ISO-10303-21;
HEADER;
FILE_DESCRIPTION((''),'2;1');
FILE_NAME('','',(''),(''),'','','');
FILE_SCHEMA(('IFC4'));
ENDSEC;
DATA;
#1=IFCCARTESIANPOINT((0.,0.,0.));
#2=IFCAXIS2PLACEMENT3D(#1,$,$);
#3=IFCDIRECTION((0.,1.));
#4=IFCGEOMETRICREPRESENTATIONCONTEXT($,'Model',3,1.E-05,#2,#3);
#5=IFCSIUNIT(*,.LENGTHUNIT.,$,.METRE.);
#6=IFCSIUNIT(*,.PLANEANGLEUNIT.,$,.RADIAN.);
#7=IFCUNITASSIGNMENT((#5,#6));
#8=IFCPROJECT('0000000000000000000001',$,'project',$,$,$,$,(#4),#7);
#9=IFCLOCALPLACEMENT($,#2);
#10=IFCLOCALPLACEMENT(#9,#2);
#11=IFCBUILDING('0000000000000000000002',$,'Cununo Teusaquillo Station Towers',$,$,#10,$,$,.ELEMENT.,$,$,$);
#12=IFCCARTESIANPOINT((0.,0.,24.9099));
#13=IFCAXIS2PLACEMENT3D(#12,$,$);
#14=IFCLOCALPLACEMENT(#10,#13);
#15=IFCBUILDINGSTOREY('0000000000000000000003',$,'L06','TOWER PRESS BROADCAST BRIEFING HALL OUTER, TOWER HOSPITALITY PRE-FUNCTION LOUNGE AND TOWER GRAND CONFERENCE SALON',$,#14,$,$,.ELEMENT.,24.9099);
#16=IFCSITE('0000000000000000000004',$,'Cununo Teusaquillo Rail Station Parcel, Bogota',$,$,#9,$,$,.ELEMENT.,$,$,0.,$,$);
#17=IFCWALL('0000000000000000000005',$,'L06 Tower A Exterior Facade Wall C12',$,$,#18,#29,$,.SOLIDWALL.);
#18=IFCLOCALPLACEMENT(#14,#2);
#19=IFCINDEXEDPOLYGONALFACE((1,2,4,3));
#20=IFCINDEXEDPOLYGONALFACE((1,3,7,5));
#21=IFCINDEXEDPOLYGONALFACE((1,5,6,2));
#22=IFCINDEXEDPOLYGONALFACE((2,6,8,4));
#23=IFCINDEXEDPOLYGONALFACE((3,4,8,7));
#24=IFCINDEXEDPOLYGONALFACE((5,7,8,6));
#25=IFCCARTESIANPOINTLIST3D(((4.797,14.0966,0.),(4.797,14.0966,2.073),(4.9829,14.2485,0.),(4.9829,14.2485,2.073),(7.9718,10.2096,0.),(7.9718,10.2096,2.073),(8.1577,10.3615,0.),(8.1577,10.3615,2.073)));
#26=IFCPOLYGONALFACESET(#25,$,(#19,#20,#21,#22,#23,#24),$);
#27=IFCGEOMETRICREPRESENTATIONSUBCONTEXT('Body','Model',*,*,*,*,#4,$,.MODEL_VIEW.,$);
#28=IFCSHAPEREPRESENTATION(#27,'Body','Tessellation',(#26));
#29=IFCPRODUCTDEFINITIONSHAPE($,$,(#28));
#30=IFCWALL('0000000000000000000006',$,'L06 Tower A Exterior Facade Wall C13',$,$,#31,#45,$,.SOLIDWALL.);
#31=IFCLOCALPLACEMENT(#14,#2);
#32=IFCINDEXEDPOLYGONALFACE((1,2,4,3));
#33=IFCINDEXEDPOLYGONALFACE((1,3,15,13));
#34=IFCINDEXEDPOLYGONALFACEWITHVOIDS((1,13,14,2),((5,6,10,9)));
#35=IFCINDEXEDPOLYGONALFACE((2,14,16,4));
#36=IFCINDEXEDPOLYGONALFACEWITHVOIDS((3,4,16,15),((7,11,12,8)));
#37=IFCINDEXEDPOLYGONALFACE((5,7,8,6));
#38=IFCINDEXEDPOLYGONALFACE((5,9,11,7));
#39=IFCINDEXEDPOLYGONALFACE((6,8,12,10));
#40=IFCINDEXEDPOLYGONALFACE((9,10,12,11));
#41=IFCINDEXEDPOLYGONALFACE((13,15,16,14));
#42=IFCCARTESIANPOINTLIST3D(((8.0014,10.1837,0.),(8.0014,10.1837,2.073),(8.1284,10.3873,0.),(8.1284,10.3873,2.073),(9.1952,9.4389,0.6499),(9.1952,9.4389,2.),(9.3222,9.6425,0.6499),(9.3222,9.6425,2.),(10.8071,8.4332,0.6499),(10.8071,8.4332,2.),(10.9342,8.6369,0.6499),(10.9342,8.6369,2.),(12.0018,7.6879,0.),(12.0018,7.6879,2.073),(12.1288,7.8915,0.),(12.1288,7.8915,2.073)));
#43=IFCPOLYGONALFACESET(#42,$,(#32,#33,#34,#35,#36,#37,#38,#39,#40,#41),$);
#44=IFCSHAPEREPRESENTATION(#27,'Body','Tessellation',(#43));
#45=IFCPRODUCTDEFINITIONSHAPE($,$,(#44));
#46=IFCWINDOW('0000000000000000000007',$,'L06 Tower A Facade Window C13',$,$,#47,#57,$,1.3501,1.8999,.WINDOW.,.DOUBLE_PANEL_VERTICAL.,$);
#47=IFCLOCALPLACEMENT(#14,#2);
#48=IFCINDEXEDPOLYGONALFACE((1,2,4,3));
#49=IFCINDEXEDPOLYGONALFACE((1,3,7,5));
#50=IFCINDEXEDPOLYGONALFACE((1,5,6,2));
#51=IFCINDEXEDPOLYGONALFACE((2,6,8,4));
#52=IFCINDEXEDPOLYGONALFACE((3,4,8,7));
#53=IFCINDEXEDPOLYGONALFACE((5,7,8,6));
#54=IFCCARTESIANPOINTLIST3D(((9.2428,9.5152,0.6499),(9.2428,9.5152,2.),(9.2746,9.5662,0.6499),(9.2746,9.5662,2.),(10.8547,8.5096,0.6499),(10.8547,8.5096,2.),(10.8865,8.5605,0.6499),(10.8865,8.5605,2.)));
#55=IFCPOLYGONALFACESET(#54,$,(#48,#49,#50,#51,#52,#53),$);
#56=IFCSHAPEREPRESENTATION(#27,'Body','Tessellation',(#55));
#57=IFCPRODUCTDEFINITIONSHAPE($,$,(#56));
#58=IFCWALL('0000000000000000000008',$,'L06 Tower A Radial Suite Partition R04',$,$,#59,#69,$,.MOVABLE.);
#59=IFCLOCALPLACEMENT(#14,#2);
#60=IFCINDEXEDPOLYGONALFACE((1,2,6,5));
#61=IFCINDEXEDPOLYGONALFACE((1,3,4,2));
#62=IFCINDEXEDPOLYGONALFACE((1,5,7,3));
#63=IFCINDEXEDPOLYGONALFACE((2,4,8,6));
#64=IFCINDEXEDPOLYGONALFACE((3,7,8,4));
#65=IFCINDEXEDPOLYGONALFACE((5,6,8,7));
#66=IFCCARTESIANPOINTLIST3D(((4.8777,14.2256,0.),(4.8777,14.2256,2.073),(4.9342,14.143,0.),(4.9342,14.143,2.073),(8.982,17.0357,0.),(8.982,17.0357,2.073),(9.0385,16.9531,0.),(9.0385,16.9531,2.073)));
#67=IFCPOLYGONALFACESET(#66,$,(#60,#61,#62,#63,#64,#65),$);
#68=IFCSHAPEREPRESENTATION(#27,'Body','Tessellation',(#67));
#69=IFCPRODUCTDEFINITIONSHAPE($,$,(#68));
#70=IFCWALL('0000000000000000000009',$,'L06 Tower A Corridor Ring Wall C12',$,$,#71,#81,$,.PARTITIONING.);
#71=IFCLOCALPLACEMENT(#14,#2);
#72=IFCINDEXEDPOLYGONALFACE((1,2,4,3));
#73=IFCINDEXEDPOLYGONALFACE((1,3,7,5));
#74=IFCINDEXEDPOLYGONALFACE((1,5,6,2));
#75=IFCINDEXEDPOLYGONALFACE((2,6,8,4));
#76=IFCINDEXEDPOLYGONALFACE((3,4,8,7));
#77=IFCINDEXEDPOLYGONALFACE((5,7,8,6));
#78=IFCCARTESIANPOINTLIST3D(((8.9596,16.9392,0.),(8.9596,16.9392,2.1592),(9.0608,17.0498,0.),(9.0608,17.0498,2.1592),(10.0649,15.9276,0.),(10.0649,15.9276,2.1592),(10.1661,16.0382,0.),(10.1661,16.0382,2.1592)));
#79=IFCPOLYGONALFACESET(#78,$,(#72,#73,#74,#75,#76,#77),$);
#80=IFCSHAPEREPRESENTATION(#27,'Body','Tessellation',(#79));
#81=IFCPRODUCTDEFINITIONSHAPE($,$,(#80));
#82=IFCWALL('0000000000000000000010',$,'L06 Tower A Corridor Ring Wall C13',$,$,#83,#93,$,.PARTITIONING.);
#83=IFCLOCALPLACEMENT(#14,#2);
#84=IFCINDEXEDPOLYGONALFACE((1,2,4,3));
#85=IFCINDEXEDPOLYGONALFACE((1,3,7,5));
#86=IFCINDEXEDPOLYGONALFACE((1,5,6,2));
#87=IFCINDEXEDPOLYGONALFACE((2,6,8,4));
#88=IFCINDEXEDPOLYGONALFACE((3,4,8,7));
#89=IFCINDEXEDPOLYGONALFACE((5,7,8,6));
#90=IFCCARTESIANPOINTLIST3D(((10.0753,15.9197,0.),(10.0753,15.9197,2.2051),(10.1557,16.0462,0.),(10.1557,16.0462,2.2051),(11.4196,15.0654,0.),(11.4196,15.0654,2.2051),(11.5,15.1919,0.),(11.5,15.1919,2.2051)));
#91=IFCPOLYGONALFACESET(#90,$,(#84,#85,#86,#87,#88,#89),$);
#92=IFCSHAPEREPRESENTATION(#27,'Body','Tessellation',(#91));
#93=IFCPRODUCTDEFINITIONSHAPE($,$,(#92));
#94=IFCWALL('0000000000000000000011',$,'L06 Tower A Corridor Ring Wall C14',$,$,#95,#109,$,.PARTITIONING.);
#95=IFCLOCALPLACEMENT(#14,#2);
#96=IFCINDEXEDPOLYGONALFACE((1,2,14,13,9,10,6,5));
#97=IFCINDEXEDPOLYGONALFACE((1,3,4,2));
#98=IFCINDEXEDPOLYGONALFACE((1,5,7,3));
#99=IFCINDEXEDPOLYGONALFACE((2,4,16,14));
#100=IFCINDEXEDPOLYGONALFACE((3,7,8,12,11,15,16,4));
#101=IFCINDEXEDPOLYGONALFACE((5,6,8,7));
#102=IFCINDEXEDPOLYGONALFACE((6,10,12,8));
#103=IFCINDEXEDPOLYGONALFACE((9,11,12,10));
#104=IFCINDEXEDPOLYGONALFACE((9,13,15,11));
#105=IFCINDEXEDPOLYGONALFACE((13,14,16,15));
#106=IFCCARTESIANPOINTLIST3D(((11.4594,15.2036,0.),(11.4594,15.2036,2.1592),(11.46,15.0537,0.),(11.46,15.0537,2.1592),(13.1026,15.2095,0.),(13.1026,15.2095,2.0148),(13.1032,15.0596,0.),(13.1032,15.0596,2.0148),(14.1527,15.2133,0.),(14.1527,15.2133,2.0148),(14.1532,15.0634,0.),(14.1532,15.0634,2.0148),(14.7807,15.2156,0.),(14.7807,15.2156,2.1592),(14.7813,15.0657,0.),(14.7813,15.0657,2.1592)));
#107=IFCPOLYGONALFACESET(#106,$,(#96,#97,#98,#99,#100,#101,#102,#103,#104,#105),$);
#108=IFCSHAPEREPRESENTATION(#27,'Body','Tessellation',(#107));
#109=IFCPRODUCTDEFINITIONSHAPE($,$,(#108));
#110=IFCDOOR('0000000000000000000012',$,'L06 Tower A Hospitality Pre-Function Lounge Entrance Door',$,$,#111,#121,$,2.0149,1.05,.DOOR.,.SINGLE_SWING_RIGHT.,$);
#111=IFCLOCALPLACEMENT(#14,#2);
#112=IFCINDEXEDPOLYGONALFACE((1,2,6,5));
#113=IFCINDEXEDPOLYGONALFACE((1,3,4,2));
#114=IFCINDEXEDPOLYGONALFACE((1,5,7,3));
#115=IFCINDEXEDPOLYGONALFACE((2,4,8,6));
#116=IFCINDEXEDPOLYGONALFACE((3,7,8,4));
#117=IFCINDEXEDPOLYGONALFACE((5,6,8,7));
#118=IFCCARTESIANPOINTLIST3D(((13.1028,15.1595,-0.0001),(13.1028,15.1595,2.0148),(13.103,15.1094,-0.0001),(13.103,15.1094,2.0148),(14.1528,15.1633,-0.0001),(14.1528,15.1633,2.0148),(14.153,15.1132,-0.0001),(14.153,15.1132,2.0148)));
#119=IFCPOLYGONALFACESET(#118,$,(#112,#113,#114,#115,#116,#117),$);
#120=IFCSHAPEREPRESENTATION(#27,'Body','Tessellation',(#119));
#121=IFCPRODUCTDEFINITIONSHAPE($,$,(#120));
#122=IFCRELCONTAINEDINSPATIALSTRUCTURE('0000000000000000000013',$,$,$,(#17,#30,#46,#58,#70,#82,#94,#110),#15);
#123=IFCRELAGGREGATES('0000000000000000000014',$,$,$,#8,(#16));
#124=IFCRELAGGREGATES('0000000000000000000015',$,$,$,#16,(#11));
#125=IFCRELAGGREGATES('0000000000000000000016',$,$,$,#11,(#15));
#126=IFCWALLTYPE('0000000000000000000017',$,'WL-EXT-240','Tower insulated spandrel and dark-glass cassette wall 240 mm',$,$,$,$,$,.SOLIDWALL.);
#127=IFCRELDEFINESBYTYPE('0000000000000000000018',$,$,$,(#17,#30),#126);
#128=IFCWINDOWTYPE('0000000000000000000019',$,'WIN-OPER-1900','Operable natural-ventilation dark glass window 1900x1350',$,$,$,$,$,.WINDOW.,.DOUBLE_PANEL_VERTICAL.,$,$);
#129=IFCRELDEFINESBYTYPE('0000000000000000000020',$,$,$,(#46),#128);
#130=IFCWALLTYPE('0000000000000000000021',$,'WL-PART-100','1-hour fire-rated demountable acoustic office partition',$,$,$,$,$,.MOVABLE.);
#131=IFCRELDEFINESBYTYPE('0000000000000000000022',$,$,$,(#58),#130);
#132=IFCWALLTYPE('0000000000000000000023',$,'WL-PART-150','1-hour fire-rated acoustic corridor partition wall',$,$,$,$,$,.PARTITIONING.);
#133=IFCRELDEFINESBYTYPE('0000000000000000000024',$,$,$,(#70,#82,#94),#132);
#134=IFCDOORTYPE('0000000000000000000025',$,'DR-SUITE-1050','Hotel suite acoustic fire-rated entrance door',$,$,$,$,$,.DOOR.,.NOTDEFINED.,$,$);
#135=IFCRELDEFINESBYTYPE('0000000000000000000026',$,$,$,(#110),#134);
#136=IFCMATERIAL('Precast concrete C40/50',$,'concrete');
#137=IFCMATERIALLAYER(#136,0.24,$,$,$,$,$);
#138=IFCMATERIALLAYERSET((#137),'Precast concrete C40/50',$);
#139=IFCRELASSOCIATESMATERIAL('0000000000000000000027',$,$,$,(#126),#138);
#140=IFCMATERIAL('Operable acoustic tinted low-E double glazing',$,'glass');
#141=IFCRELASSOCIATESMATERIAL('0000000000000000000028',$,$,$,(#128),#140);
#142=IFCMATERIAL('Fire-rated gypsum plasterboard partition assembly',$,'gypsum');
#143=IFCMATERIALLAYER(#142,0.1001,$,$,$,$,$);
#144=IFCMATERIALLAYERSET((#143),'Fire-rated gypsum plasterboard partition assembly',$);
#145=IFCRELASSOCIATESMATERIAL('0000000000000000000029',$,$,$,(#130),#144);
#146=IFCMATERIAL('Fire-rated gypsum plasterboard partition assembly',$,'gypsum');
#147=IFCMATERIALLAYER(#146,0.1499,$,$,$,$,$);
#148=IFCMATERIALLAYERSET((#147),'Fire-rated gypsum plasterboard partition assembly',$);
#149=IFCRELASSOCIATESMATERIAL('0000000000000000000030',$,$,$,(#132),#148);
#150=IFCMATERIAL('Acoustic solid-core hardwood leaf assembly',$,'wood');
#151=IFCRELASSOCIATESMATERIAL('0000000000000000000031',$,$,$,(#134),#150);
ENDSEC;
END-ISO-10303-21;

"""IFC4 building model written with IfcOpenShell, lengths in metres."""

from ifc_helpers import new_model, si_unit, direction, frame, frame_2d, origin, place, context, subcontext, project, spatial, rectangle, extrude, source, transform, mapped, material, layer, layer_set, type_object, element, fill, save


model = new_model("IFC4")

# Units and contexts
model_context = context("Model", 3, precision=1e-05, world=origin(), true_north=direction((0.0, 1.0)))
body_context = subcontext(model_context, "Body", "Model", "MODEL_VIEW")
ifc_project = project(units=[si_unit("LENGTHUNIT", "METRE"), si_unit("PLANEANGLEUNIT", "RADIAN")], contexts=[model_context])

# Site, building, storey
site_placement = place(None, origin())
site = spatial("IfcSite", under=ifc_project, at=site_placement, Name="Cununo Teusaquillo Rail Station Parcel, Bogota", CompositionType="ELEMENT", RefElevation=0.0)
building_placement = place(site_placement, origin())
building = spatial("IfcBuilding", under=site, at=building_placement, Name="Cununo Teusaquillo Station Towers", CompositionType="ELEMENT")
storey_placement = place(building_placement, frame((0.0, 0.0, 24.9099)))
storey = spatial("IfcBuildingStorey", under=building, at=storey_placement, Name="L06", Description="TOWER PRESS BROADCAST BRIEFING HALL OUTER, TOWER HOSPITALITY PRE-FUNCTION LOUNGE AND TOWER GRAND CONFERENCE SALON", CompositionType="ELEMENT", Elevation=24.9099)

# Shared definitions
ifc_material_1 = material(Name="Precast concrete C40/50", Category="concrete")
ifc_layer_1 = layer(ifc_material_1, 0.24)
ifc_layer_set_1 = layer_set([ifc_layer_1], Name="Precast concrete C40/50")
wall_type_1 = type_object("IfcWallType", Name="WL-EXT-240", Description="Tower insulated spandrel and dark-glass cassette wall 240 mm", PredefinedType="SOLIDWALL", material=ifc_layer_set_1)
shared_shape_1 = source(origin(), body_context, "Body", "SweptSolid", [
    extrude(rectangle(XDim=1.8999, YDim=1.3501, at=frame_2d((0.95, 0.675))), frame((0.0, 0.1299, 0.0), z_axis=(0.0, -1.0, 0.0), x_axis=(1.0, 0.0, 0.0)), (0.0, 0.0, 1.0), 0.26),
])
ifc_material_2 = material(Name="Operable acoustic tinted low-E double glazing", Category="glass")
window_type = type_object("IfcWindowType", Name="WIN-OPER-1900", Description="Operable natural-ventilation dark glass window 1900x1350", PartitioningType="DOUBLE_PANEL_VERTICAL", PredefinedType="WINDOW", material=ifc_material_2)
shared_shape_2 = source(origin(), body_context, "Body", "SweptSolid", [
    extrude(rectangle(XDim=1.8999, YDim=1.3501, at=frame_2d((0.95, 0.675))), frame((0.0, 0.03, 0.0), z_axis=(0.0, -1.0, 0.0), x_axis=(1.0, 0.0, 0.0)), (0.0, 0.0, 1.0), 0.0601),
])

# Wall
wall_1_placement = place(storey_placement, frame((8.0647, 10.2856, 0.0), z_axis=(0.0, 0.0, 1.0), x_axis=(-0.632589, 0.774488, 0.0)))
element("IfcWall", 1, at=wall_1_placement, inside=storey, type_object=wall_type_1, Name="L06 Tower A Exterior Facade Wall C12", PredefinedType="SOLIDWALL", context=body_context, shape_type="SweptSolid", body=[
    extrude(rectangle(XDim=5.0188, YDim=0.24, at=frame_2d((2.5093, 0.0))), origin(), (0.0, 0.0, 1.0), 2.073),
])

# Wall, opening, window
wall_2_placement = place(storey_placement, frame((12.0652, 7.7898, 0.0), z_axis=(0.0, 0.0, 1.0), x_axis=(-0.848423, 0.529319, 0.0)))
wall_2 = element("IfcWall", 2, at=wall_2_placement, inside=storey, type_object=wall_type_1, Name="L06 Tower A Exterior Facade Wall C13", PredefinedType="SOLIDWALL", context=body_context, shape_type="SweptSolid", body=[
    extrude(rectangle(XDim=4.7151, YDim=0.24, at=frame_2d((2.3574, 0.0))), origin(), (0.0, 0.0, 1.0), 2.073),
])
opening_1_placement = place(wall_2_placement, frame((1.408, 0.0, 0.6499)))
opening_1 = element("IfcOpeningElement", 3, at=opening_1_placement, cuts=wall_2, PredefinedType="OPENING", context=body_context, shape_type="MappedRepresentation", body=[
    mapped(shared_shape_1, transform((0.0, 0.0, 0.0), x_axis=(1.0, 0.0, 0.0), y_axis=(0.0, 1.0, 0.0), z_axis=(0.0, 0.0, 1.0), scale=1.0)),
])
window_1_placement = place(opening_1_placement, origin())
window_1 = element("IfcWindow", 4, at=window_1_placement, inside=storey, type_object=window_type, Name="L06 Tower A Facade Window C13", OverallHeight=1.3501, OverallWidth=1.8999, PartitioningType="DOUBLE_PANEL_VERTICAL", PredefinedType="WINDOW", context=body_context, shape_type="MappedRepresentation", body=[
    mapped(shared_shape_2, transform((0.0, 0.0, 0.0), x_axis=(1.0, 0.0, 0.0), y_axis=(0.0, 1.0, 0.0), z_axis=(0.0, 0.0, 1.0), scale=1.0)),
])
fill(opening_1, window_1)

# Walls
ifc_material_3 = material(Name="Fire-rated gypsum plasterboard partition assembly", Category="gypsum")
ifc_layer_2 = layer(ifc_material_3, 0.1001)
ifc_layer_set_2 = layer_set([ifc_layer_2], Name="Fire-rated gypsum plasterboard partition assembly")
wall_type_2 = type_object("IfcWallType", Name="WL-PART-100", Description="1-hour fire-rated demountable acoustic office partition", PredefinedType="MOVABLE", material=ifc_layer_set_2)
wall_3_placement = place(storey_placement, frame((9.0103, 16.9944, 0.0), z_axis=(0.0, 0.0, 1.0), x_axis=(-0.82513, -0.564943, 0.0)))
element("IfcWall", 5, at=wall_3_placement, inside=storey, type_object=wall_type_2, Name="L06 Tower A Radial Suite Partition R04", PredefinedType="MOVABLE", context=body_context, shape_type="SweptSolid", body=[
    extrude(rectangle(XDim=4.9741, YDim=0.1001, at=frame_2d((2.4871, 0.0))), origin(), (0.0, 0.0, 1.0), 2.073),
])
ifc_material_4 = material(Name="Fire-rated gypsum plasterboard partition assembly", Category="gypsum")
ifc_layer_3 = layer(ifc_material_4, 0.1499)
ifc_layer_set_3 = layer_set([ifc_layer_3], Name="Fire-rated gypsum plasterboard partition assembly")
wall_type_3 = type_object("IfcWallType", Name="WL-PART-150", Description="1-hour fire-rated acoustic corridor partition wall", PredefinedType="PARTITIONING", material=ifc_layer_set_3)
wall_4_placement = place(storey_placement, frame((9.0103, 16.9944, 0.0), z_axis=(0.0, 0.0, 1.0), x_axis=(0.737702, -0.675127, 0.0)))
element("IfcWall", 6, at=wall_4_placement, inside=storey, type_object=wall_type_3, Name="L06 Tower A Corridor Ring Wall C12", PredefinedType="PARTITIONING", context=body_context, shape_type="SweptSolid", body=[
    extrude(rectangle(XDim=1.4983, YDim=0.1499, at=frame_2d((0.749, 0.0))), origin(), (0.0, 0.0, 1.0), 2.1592),
])
wall_5_placement = place(storey_placement, frame((10.1155, 15.9829, 0.0), z_axis=(0.0, 0.0, 1.0), x_axis=(0.843996, -0.53635, 0.0)))
element("IfcWall", 7, at=wall_5_placement, inside=storey, type_object=wall_type_3, Name="L06 Tower A Corridor Ring Wall C13", PredefinedType="PARTITIONING", context=body_context, shape_type="SweptSolid", body=[
    extrude(rectangle(XDim=1.5928, YDim=0.1499, at=frame_2d((0.7964, 0.0))), origin(), (0.0, 0.0, 1.0), 2.2051),
])

# Wall, opening, door
wall_6_placement = place(storey_placement, frame((11.4597, 15.1287, 0.0), z_axis=(0.0, 0.0, 1.0), x_axis=(0.999994, 0.003602, 0.0)))
wall_6 = element("IfcWall", 8, at=wall_6_placement, inside=storey, type_object=wall_type_3, Name="L06 Tower A Corridor Ring Wall C14", PredefinedType="PARTITIONING", context=body_context, shape_type="SweptSolid", body=[
    extrude(rectangle(XDim=3.3213, YDim=0.1499, at=frame_2d((1.6606, 0.0))), origin(), (0.0, 0.0, 1.0), 2.1592),
])
shared_shape_3 = source(origin(), body_context, "Body", "SweptSolid", [
    extrude(rectangle(XDim=1.05, YDim=2.0149, at=frame_2d((0.5249, 1.0073))), frame((0.0, 0.085, 0.0), z_axis=(0.0, -1.0, 0.0), x_axis=(1.0, 0.0, 0.0)), (0.0, 0.0, 1.0), 0.1699),
])
opening_2_placement = place(wall_6_placement, frame((1.6433, 0.0, 0.0)))
opening_2 = element("IfcOpeningElement", 9, at=opening_2_placement, cuts=wall_6, PredefinedType="OPENING", context=body_context, shape_type="MappedRepresentation", body=[
    mapped(shared_shape_3, transform((0.0, 0.0, 0.0), x_axis=(1.0, 0.0, 0.0), y_axis=(0.0, 1.0, 0.0), z_axis=(0.0, 0.0, 1.0), scale=1.0)),
])
ifc_material_5 = material(Name="Acoustic solid-core hardwood leaf assembly", Category="wood")
door_type = type_object("IfcDoorType", Name="DR-SUITE-1050", Description="Hotel suite acoustic fire-rated entrance door", OperationType="NOTDEFINED", PredefinedType="DOOR", material=ifc_material_5)
shared_shape_4 = source(origin(), body_context, "Body", "SweptSolid", [
    extrude(rectangle(XDim=1.05, YDim=2.0149, at=frame_2d((0.5249, 1.0073))), frame((0.0, 0.0249, 0.0), z_axis=(0.0, -1.0, 0.0), x_axis=(1.0, 0.0, 0.0)), (0.0, 0.0, 1.0), 0.05),
])
door_placement = place(opening_2_placement, origin())
door = element("IfcDoor", 10, at=door_placement, inside=storey, type_object=door_type, Name="L06 Tower A Hospitality Pre-Function Lounge Entrance Door", OperationType="SINGLE_SWING_RIGHT", OverallHeight=2.0149, OverallWidth=1.05, PredefinedType="DOOR", context=body_context, shape_type="MappedRepresentation", body=[
    mapped(shared_shape_4, transform((0.0, 0.0, 0.0), x_axis=(1.0, 0.0, 0.0), y_axis=(0.0, 1.0, 0.0), z_axis=(0.0, 0.0, 1.0), scale=1.0)),
])
fill(opening_2, door)

save(model, "model.ifc")
